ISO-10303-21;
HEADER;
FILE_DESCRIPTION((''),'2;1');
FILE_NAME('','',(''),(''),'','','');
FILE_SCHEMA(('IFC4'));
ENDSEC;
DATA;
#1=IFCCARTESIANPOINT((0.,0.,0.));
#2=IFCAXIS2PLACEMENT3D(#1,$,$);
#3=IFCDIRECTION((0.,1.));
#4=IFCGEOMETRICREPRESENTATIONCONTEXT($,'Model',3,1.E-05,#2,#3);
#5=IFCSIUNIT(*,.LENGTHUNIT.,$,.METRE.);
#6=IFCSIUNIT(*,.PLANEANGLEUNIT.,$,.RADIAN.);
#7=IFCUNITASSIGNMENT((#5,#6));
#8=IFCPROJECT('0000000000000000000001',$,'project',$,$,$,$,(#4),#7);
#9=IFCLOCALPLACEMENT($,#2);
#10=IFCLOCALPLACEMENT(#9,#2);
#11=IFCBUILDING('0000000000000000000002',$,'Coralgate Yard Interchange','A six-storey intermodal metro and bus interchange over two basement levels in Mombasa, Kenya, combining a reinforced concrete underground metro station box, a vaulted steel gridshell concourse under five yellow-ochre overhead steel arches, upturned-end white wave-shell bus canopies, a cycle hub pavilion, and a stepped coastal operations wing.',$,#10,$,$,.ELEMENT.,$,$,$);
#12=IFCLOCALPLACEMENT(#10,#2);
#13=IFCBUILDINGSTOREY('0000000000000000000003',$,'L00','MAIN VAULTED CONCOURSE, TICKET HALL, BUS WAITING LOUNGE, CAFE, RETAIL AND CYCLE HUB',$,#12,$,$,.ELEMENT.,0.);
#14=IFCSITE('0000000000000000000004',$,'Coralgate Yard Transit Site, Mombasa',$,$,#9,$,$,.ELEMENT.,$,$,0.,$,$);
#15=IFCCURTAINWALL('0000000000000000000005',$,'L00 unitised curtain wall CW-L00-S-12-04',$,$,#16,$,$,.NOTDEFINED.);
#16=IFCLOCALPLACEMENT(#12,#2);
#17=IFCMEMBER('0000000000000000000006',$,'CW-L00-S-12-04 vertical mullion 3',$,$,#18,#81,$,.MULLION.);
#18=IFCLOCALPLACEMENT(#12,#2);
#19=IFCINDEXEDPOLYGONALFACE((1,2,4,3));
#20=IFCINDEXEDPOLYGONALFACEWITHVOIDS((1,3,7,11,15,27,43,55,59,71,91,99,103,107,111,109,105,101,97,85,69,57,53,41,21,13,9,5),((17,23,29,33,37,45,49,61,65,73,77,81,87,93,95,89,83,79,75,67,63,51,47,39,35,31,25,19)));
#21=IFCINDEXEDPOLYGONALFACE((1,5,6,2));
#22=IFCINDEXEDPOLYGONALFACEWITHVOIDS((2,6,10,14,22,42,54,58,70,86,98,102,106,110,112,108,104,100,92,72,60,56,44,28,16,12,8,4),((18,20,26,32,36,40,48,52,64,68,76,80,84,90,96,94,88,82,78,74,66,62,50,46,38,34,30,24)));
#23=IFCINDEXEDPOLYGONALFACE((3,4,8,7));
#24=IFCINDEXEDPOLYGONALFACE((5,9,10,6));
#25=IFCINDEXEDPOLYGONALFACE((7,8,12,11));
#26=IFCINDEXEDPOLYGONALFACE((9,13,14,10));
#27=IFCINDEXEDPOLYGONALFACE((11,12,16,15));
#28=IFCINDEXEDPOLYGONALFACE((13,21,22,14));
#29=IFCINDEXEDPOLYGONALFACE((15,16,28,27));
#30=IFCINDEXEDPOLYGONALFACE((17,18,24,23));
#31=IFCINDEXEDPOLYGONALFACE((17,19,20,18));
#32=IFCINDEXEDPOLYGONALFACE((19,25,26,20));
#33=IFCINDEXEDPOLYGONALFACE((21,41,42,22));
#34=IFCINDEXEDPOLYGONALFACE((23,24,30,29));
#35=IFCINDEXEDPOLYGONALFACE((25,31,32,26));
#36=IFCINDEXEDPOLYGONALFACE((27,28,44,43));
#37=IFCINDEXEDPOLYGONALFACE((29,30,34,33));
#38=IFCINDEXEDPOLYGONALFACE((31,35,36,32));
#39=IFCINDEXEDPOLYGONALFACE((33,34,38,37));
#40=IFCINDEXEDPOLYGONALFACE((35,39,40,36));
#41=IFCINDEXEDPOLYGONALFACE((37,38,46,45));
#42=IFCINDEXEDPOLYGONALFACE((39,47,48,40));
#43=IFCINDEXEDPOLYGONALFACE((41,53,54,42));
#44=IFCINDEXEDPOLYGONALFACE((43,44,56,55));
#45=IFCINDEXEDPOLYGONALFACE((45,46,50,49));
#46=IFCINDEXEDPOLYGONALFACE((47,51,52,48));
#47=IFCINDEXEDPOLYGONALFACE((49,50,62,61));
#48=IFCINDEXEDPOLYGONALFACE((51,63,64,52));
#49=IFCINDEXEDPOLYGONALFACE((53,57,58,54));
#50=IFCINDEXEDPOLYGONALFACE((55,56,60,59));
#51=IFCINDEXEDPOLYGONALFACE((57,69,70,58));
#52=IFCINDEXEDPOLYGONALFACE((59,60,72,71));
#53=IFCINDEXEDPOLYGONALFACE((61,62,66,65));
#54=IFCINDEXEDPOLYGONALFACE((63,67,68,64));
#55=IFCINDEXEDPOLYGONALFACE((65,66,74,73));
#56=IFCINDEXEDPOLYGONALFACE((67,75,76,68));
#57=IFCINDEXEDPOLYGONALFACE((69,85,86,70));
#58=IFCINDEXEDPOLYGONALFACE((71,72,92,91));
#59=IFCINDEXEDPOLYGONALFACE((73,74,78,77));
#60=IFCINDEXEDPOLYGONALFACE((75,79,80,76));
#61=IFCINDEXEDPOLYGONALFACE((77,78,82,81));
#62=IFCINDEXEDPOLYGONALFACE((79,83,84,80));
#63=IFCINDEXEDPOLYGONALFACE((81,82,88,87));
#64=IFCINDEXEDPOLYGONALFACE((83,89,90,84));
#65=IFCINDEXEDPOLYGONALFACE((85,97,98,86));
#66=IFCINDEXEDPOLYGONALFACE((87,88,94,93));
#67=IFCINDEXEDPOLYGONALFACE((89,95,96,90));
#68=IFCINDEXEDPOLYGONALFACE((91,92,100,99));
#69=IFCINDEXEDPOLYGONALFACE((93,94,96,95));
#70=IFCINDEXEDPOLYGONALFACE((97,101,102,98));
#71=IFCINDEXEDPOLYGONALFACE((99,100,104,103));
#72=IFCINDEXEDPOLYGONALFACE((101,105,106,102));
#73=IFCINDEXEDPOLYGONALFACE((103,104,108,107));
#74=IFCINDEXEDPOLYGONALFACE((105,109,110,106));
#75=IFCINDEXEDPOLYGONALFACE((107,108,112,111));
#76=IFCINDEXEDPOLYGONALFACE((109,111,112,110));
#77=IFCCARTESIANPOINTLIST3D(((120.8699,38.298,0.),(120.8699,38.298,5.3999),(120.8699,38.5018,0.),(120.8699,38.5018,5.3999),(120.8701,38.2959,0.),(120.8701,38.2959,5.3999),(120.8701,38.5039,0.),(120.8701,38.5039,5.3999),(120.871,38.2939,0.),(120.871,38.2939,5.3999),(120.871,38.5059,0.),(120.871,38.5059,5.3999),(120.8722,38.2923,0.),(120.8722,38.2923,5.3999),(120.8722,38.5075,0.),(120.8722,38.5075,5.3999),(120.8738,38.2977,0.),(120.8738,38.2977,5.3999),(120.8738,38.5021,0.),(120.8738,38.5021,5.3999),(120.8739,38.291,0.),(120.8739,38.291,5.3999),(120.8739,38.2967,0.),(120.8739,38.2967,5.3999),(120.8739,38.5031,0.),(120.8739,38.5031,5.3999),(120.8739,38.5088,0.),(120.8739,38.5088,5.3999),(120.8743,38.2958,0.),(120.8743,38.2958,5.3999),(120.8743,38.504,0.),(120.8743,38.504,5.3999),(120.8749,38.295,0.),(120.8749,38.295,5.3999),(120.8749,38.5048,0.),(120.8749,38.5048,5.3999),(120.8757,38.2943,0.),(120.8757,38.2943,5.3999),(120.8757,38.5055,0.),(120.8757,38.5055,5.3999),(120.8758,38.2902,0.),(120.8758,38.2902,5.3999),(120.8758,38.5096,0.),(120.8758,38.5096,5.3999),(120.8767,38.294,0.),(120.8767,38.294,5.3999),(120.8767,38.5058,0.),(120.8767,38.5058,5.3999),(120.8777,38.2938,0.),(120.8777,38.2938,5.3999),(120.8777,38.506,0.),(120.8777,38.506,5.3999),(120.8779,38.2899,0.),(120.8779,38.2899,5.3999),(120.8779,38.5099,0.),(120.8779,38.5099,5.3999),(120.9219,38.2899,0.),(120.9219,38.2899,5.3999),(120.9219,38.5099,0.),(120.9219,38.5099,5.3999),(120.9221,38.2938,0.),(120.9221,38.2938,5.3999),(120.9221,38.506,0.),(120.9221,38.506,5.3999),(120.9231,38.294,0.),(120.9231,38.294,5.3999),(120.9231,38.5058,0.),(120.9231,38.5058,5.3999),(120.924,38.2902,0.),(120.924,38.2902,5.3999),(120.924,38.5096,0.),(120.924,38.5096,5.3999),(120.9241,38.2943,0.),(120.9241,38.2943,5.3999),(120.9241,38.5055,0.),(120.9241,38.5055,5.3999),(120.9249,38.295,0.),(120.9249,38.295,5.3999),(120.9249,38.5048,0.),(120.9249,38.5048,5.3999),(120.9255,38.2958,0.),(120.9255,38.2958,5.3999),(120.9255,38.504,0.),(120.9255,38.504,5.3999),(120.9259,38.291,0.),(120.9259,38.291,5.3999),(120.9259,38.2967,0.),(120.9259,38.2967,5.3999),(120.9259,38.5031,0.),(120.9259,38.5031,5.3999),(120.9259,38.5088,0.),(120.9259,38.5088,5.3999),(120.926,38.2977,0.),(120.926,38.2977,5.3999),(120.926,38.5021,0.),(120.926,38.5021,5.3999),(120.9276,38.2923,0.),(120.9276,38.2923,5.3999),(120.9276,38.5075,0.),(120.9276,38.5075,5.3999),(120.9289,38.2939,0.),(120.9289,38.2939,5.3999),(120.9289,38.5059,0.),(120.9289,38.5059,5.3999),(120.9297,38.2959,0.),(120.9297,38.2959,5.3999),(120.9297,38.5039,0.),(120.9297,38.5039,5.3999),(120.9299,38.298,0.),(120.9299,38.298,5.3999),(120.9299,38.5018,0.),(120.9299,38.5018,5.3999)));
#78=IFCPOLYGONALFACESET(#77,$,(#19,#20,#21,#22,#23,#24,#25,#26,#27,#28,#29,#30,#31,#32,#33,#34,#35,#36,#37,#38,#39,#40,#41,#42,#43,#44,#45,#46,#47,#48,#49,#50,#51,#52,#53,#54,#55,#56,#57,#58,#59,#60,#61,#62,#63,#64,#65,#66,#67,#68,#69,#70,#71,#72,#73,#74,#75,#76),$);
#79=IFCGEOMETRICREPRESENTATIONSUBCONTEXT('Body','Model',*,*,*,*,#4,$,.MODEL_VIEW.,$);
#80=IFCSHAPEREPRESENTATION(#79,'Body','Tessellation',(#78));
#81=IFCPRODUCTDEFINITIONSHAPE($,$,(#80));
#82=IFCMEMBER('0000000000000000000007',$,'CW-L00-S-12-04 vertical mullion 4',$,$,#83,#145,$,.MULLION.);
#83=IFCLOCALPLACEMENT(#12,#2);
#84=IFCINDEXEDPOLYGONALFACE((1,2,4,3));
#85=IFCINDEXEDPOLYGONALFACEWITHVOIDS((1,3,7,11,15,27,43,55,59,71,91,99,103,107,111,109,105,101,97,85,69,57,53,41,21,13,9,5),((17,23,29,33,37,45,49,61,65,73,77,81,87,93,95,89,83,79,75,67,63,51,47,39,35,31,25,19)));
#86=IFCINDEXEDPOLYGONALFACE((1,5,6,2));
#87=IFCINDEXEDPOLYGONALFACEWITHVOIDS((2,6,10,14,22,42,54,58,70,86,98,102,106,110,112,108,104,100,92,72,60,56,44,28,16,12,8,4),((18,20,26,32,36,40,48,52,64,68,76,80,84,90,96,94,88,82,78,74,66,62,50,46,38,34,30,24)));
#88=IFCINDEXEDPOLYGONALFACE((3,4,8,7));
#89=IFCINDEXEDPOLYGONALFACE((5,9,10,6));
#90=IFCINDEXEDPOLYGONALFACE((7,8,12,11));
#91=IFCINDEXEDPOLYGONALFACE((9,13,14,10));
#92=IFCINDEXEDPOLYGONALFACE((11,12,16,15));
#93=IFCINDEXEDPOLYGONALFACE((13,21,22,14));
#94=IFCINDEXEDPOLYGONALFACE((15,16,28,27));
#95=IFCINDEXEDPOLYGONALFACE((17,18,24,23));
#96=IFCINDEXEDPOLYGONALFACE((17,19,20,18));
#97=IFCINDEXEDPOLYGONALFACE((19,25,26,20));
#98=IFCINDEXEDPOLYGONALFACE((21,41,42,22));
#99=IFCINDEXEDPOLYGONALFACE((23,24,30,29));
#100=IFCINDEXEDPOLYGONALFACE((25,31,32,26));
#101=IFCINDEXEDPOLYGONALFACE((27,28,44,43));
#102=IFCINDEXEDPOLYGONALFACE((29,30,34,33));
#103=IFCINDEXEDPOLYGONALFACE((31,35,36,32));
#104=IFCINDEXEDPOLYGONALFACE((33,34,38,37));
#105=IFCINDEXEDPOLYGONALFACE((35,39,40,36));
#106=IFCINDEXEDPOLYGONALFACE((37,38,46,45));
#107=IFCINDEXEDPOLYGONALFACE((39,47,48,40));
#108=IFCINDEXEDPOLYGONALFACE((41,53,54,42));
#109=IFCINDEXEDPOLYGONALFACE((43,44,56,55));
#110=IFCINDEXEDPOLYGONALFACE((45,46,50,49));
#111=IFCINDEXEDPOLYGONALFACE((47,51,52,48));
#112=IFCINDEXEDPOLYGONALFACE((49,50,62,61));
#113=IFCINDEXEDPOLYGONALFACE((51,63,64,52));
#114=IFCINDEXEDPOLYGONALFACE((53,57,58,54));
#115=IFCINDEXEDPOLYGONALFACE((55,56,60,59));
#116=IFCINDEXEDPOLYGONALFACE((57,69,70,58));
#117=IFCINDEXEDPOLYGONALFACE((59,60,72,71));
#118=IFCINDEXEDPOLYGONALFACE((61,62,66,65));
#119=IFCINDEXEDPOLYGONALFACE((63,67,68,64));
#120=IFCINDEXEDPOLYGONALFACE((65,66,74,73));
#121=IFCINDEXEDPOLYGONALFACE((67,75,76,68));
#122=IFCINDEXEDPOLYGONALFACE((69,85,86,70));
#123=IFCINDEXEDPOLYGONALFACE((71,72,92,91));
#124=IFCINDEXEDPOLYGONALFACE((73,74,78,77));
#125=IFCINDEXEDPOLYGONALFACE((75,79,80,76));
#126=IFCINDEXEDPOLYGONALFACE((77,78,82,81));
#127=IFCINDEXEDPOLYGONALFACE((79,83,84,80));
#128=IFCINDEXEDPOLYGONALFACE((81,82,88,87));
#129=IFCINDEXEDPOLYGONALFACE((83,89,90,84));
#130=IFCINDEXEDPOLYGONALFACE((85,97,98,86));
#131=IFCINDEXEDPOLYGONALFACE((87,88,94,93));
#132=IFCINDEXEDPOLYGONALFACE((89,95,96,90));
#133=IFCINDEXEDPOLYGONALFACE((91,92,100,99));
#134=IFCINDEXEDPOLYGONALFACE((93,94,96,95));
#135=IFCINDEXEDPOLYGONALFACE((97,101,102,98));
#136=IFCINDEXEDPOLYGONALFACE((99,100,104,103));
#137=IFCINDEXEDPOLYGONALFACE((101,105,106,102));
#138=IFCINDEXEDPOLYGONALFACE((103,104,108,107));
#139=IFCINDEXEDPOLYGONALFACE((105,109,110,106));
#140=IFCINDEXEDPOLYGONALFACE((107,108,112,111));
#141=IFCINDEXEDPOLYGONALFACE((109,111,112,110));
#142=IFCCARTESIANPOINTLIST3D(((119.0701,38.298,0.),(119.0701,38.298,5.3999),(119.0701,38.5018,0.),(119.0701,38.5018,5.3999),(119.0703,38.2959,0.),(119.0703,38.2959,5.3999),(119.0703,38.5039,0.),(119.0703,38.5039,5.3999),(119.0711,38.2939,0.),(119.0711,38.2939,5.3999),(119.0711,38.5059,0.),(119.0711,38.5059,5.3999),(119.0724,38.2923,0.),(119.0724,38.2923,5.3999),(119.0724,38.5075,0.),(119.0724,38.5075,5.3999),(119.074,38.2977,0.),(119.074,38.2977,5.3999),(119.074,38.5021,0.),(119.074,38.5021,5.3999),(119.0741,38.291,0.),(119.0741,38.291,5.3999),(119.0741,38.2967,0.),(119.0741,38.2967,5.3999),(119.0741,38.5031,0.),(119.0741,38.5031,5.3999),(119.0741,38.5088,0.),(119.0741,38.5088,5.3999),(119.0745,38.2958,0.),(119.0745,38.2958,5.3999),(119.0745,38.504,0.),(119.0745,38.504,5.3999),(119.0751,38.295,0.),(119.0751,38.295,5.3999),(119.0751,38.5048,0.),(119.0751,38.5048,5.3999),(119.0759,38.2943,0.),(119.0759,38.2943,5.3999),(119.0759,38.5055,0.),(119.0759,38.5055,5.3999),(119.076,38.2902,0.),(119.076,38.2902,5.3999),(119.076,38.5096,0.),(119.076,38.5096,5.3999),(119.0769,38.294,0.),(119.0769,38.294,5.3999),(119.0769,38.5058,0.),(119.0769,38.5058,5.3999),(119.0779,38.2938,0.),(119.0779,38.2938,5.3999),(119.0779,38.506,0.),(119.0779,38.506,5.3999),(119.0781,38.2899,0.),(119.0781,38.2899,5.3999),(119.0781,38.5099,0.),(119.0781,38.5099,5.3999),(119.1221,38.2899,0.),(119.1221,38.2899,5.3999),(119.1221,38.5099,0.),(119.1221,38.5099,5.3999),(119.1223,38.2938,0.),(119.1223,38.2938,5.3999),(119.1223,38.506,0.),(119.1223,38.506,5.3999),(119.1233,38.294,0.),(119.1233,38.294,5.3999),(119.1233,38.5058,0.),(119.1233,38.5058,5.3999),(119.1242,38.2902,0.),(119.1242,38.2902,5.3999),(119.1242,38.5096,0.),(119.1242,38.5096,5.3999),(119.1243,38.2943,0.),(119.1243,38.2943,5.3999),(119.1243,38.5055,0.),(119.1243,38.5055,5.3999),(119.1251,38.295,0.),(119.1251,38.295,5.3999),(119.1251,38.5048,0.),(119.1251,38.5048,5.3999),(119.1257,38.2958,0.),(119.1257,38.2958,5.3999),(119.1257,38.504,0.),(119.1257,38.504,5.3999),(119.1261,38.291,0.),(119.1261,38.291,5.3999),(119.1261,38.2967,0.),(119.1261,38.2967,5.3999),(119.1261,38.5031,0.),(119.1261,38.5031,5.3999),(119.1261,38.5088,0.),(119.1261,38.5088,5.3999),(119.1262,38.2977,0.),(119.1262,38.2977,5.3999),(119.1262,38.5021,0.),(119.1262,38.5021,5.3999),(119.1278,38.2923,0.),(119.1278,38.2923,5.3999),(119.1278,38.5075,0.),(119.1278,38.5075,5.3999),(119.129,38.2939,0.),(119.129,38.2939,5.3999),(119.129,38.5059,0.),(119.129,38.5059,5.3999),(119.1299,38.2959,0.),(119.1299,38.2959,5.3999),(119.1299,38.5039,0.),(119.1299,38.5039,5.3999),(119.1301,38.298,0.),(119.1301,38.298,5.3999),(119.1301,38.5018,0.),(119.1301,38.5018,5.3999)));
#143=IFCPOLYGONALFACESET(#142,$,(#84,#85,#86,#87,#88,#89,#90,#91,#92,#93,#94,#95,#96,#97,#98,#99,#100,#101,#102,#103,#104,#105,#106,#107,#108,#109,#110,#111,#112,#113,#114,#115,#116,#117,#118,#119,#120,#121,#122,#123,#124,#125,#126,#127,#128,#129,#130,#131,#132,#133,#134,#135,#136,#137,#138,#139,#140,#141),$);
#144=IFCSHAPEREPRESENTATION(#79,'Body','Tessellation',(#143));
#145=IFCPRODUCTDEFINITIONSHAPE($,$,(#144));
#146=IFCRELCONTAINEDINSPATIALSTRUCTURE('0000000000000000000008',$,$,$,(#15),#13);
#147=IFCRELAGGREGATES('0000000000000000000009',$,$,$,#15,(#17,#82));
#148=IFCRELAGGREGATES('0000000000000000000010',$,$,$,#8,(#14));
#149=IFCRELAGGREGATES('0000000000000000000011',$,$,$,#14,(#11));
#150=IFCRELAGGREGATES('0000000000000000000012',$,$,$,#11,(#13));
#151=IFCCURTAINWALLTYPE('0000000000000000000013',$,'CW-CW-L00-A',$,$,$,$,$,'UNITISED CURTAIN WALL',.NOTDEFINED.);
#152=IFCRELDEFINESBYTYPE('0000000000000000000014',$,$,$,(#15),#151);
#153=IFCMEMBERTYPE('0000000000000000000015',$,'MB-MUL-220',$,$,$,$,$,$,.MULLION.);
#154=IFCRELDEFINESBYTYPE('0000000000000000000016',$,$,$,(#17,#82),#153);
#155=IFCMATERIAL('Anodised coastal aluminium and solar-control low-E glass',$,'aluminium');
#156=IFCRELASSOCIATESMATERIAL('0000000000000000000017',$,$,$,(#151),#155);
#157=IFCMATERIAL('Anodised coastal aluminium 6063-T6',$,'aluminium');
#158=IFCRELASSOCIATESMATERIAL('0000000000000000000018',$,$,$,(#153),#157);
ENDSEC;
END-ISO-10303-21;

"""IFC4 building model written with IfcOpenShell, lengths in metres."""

from ifc_helpers import new_model, si_unit, direction, frame, origin, origin_2d, place, context, subcontext, project, spatial, hollow_rectangle, extrude, material, material_profile, profile_set, type_object, element, aggregate, save


model = new_model("IFC4")

# Units and contexts
model_context = context("Model", 3, precision=1e-05, world=origin(), true_north=direction((0.0, 1.0)))
body_context = subcontext(model_context, "Body", "Model", "MODEL_VIEW")
ifc_project = project(units=[si_unit("LENGTHUNIT", "METRE"), si_unit("PLANEANGLEUNIT", "RADIAN")], contexts=[model_context])

# Site, building, storey
site_placement = place(None, origin())
site = spatial("IfcSite", under=ifc_project, at=site_placement, Name="Coralgate Yard Transit Site, Mombasa", CompositionType="ELEMENT", RefElevation=0.0)
building_placement = place(site_placement, origin())
building = spatial("IfcBuilding", under=site, at=building_placement, Name="Coralgate Yard Interchange", Description="A six-storey intermodal metro and bus interchange over two basement levels in Mombasa, Kenya, combining a reinforced concrete underground metro station box, a vaulted steel gridshell concourse under five yellow-ochre overhead steel arches, upturned-end white wave-shell bus canopies, a cycle hub pavilion, and a stepped coastal operations wing.", CompositionType="ELEMENT")
storey_placement = place(building_placement, origin())
storey = spatial("IfcBuildingStorey", under=building, at=storey_placement, Name="L00", Description="MAIN VAULTED CONCOURSE, TICKET HALL, BUS WAITING LOUNGE, CAFE, RETAIL AND CYCLE HUB", CompositionType="ELEMENT", Elevation=0.0)

# Curtain wall, members
ifc_material_1 = material(Name="Anodised coastal aluminium and solar-control low-E glass", Category="aluminium")
curtain_wall_type = type_object("IfcCurtainWallType", Name="CW-CW-L00-A", ElementType="UNITISED CURTAIN WALL", PredefinedType="NOTDEFINED", material=ifc_material_1)
curtain_wall_placement = place(storey_placement, origin())
curtain_wall = element("IfcCurtainWall", 1, at=curtain_wall_placement, inside=storey, type_object=curtain_wall_type, Name="L00 unitised curtain wall CW-L00-S-12-04", PredefinedType="NOTDEFINED")
ifc_material_2 = material(Name="Anodised coastal aluminium 6063-T6", Category="aluminium")
ifc_material_profile_1 = material_profile(ifc_material_2, hollow_rectangle(XDim=0.0601, YDim=0.22, WallThickness=0.0039, InnerFilletRadius=0.0039, OuterFilletRadius=0.0081, at=origin_2d()), Name="ALU 60x220x4")
ifc_profile_set_1 = profile_set([ifc_material_profile_1], Name="Anodised coastal aluminium 6063-T6")
member_type_1 = type_object("IfcMemberType", Name="MB-MUL-220", PredefinedType="MULLION", material=ifc_profile_set_1)
member_1_placement = place(storey_placement, frame((120.8999, 38.3999, 0.0), z_axis=(0.0, 0.0, 1.0), x_axis=(1.0, 0.0, 0.0)))
member_1 = element("IfcMember", 2, at=member_1_placement, type_object=member_type_1, Name="CW-L00-S-12-04 vertical mullion 3", PredefinedType="MULLION", context=body_context, shape_type="SweptSolid", body=[
    extrude(hollow_rectangle(XDim=0.0601, YDim=0.22, WallThickness=0.0039, InnerFilletRadius=0.0039, OuterFilletRadius=0.0081, at=origin_2d()), origin(), (0.0, 0.0, 1.0), 5.3999),
])
member_2_placement = place(storey_placement, frame((119.1001, 38.3999, 0.0), z_axis=(0.0, 0.0, 1.0), x_axis=(1.0, 0.0, 0.0)))
member_2 = element("IfcMember", 3, at=member_2_placement, type_object=member_type_1, Name="CW-L00-S-12-04 vertical mullion 4", PredefinedType="MULLION", context=body_context, shape_type="SweptSolid", body=[
    extrude(hollow_rectangle(XDim=0.0601, YDim=0.22, WallThickness=0.0039, InnerFilletRadius=0.0039, OuterFilletRadius=0.0081, at=origin_2d()), origin(), (0.0, 0.0, 1.0), 5.3999),
])
aggregate(curtain_wall, [member_1, member_2])

save(model, "model.ifc")
